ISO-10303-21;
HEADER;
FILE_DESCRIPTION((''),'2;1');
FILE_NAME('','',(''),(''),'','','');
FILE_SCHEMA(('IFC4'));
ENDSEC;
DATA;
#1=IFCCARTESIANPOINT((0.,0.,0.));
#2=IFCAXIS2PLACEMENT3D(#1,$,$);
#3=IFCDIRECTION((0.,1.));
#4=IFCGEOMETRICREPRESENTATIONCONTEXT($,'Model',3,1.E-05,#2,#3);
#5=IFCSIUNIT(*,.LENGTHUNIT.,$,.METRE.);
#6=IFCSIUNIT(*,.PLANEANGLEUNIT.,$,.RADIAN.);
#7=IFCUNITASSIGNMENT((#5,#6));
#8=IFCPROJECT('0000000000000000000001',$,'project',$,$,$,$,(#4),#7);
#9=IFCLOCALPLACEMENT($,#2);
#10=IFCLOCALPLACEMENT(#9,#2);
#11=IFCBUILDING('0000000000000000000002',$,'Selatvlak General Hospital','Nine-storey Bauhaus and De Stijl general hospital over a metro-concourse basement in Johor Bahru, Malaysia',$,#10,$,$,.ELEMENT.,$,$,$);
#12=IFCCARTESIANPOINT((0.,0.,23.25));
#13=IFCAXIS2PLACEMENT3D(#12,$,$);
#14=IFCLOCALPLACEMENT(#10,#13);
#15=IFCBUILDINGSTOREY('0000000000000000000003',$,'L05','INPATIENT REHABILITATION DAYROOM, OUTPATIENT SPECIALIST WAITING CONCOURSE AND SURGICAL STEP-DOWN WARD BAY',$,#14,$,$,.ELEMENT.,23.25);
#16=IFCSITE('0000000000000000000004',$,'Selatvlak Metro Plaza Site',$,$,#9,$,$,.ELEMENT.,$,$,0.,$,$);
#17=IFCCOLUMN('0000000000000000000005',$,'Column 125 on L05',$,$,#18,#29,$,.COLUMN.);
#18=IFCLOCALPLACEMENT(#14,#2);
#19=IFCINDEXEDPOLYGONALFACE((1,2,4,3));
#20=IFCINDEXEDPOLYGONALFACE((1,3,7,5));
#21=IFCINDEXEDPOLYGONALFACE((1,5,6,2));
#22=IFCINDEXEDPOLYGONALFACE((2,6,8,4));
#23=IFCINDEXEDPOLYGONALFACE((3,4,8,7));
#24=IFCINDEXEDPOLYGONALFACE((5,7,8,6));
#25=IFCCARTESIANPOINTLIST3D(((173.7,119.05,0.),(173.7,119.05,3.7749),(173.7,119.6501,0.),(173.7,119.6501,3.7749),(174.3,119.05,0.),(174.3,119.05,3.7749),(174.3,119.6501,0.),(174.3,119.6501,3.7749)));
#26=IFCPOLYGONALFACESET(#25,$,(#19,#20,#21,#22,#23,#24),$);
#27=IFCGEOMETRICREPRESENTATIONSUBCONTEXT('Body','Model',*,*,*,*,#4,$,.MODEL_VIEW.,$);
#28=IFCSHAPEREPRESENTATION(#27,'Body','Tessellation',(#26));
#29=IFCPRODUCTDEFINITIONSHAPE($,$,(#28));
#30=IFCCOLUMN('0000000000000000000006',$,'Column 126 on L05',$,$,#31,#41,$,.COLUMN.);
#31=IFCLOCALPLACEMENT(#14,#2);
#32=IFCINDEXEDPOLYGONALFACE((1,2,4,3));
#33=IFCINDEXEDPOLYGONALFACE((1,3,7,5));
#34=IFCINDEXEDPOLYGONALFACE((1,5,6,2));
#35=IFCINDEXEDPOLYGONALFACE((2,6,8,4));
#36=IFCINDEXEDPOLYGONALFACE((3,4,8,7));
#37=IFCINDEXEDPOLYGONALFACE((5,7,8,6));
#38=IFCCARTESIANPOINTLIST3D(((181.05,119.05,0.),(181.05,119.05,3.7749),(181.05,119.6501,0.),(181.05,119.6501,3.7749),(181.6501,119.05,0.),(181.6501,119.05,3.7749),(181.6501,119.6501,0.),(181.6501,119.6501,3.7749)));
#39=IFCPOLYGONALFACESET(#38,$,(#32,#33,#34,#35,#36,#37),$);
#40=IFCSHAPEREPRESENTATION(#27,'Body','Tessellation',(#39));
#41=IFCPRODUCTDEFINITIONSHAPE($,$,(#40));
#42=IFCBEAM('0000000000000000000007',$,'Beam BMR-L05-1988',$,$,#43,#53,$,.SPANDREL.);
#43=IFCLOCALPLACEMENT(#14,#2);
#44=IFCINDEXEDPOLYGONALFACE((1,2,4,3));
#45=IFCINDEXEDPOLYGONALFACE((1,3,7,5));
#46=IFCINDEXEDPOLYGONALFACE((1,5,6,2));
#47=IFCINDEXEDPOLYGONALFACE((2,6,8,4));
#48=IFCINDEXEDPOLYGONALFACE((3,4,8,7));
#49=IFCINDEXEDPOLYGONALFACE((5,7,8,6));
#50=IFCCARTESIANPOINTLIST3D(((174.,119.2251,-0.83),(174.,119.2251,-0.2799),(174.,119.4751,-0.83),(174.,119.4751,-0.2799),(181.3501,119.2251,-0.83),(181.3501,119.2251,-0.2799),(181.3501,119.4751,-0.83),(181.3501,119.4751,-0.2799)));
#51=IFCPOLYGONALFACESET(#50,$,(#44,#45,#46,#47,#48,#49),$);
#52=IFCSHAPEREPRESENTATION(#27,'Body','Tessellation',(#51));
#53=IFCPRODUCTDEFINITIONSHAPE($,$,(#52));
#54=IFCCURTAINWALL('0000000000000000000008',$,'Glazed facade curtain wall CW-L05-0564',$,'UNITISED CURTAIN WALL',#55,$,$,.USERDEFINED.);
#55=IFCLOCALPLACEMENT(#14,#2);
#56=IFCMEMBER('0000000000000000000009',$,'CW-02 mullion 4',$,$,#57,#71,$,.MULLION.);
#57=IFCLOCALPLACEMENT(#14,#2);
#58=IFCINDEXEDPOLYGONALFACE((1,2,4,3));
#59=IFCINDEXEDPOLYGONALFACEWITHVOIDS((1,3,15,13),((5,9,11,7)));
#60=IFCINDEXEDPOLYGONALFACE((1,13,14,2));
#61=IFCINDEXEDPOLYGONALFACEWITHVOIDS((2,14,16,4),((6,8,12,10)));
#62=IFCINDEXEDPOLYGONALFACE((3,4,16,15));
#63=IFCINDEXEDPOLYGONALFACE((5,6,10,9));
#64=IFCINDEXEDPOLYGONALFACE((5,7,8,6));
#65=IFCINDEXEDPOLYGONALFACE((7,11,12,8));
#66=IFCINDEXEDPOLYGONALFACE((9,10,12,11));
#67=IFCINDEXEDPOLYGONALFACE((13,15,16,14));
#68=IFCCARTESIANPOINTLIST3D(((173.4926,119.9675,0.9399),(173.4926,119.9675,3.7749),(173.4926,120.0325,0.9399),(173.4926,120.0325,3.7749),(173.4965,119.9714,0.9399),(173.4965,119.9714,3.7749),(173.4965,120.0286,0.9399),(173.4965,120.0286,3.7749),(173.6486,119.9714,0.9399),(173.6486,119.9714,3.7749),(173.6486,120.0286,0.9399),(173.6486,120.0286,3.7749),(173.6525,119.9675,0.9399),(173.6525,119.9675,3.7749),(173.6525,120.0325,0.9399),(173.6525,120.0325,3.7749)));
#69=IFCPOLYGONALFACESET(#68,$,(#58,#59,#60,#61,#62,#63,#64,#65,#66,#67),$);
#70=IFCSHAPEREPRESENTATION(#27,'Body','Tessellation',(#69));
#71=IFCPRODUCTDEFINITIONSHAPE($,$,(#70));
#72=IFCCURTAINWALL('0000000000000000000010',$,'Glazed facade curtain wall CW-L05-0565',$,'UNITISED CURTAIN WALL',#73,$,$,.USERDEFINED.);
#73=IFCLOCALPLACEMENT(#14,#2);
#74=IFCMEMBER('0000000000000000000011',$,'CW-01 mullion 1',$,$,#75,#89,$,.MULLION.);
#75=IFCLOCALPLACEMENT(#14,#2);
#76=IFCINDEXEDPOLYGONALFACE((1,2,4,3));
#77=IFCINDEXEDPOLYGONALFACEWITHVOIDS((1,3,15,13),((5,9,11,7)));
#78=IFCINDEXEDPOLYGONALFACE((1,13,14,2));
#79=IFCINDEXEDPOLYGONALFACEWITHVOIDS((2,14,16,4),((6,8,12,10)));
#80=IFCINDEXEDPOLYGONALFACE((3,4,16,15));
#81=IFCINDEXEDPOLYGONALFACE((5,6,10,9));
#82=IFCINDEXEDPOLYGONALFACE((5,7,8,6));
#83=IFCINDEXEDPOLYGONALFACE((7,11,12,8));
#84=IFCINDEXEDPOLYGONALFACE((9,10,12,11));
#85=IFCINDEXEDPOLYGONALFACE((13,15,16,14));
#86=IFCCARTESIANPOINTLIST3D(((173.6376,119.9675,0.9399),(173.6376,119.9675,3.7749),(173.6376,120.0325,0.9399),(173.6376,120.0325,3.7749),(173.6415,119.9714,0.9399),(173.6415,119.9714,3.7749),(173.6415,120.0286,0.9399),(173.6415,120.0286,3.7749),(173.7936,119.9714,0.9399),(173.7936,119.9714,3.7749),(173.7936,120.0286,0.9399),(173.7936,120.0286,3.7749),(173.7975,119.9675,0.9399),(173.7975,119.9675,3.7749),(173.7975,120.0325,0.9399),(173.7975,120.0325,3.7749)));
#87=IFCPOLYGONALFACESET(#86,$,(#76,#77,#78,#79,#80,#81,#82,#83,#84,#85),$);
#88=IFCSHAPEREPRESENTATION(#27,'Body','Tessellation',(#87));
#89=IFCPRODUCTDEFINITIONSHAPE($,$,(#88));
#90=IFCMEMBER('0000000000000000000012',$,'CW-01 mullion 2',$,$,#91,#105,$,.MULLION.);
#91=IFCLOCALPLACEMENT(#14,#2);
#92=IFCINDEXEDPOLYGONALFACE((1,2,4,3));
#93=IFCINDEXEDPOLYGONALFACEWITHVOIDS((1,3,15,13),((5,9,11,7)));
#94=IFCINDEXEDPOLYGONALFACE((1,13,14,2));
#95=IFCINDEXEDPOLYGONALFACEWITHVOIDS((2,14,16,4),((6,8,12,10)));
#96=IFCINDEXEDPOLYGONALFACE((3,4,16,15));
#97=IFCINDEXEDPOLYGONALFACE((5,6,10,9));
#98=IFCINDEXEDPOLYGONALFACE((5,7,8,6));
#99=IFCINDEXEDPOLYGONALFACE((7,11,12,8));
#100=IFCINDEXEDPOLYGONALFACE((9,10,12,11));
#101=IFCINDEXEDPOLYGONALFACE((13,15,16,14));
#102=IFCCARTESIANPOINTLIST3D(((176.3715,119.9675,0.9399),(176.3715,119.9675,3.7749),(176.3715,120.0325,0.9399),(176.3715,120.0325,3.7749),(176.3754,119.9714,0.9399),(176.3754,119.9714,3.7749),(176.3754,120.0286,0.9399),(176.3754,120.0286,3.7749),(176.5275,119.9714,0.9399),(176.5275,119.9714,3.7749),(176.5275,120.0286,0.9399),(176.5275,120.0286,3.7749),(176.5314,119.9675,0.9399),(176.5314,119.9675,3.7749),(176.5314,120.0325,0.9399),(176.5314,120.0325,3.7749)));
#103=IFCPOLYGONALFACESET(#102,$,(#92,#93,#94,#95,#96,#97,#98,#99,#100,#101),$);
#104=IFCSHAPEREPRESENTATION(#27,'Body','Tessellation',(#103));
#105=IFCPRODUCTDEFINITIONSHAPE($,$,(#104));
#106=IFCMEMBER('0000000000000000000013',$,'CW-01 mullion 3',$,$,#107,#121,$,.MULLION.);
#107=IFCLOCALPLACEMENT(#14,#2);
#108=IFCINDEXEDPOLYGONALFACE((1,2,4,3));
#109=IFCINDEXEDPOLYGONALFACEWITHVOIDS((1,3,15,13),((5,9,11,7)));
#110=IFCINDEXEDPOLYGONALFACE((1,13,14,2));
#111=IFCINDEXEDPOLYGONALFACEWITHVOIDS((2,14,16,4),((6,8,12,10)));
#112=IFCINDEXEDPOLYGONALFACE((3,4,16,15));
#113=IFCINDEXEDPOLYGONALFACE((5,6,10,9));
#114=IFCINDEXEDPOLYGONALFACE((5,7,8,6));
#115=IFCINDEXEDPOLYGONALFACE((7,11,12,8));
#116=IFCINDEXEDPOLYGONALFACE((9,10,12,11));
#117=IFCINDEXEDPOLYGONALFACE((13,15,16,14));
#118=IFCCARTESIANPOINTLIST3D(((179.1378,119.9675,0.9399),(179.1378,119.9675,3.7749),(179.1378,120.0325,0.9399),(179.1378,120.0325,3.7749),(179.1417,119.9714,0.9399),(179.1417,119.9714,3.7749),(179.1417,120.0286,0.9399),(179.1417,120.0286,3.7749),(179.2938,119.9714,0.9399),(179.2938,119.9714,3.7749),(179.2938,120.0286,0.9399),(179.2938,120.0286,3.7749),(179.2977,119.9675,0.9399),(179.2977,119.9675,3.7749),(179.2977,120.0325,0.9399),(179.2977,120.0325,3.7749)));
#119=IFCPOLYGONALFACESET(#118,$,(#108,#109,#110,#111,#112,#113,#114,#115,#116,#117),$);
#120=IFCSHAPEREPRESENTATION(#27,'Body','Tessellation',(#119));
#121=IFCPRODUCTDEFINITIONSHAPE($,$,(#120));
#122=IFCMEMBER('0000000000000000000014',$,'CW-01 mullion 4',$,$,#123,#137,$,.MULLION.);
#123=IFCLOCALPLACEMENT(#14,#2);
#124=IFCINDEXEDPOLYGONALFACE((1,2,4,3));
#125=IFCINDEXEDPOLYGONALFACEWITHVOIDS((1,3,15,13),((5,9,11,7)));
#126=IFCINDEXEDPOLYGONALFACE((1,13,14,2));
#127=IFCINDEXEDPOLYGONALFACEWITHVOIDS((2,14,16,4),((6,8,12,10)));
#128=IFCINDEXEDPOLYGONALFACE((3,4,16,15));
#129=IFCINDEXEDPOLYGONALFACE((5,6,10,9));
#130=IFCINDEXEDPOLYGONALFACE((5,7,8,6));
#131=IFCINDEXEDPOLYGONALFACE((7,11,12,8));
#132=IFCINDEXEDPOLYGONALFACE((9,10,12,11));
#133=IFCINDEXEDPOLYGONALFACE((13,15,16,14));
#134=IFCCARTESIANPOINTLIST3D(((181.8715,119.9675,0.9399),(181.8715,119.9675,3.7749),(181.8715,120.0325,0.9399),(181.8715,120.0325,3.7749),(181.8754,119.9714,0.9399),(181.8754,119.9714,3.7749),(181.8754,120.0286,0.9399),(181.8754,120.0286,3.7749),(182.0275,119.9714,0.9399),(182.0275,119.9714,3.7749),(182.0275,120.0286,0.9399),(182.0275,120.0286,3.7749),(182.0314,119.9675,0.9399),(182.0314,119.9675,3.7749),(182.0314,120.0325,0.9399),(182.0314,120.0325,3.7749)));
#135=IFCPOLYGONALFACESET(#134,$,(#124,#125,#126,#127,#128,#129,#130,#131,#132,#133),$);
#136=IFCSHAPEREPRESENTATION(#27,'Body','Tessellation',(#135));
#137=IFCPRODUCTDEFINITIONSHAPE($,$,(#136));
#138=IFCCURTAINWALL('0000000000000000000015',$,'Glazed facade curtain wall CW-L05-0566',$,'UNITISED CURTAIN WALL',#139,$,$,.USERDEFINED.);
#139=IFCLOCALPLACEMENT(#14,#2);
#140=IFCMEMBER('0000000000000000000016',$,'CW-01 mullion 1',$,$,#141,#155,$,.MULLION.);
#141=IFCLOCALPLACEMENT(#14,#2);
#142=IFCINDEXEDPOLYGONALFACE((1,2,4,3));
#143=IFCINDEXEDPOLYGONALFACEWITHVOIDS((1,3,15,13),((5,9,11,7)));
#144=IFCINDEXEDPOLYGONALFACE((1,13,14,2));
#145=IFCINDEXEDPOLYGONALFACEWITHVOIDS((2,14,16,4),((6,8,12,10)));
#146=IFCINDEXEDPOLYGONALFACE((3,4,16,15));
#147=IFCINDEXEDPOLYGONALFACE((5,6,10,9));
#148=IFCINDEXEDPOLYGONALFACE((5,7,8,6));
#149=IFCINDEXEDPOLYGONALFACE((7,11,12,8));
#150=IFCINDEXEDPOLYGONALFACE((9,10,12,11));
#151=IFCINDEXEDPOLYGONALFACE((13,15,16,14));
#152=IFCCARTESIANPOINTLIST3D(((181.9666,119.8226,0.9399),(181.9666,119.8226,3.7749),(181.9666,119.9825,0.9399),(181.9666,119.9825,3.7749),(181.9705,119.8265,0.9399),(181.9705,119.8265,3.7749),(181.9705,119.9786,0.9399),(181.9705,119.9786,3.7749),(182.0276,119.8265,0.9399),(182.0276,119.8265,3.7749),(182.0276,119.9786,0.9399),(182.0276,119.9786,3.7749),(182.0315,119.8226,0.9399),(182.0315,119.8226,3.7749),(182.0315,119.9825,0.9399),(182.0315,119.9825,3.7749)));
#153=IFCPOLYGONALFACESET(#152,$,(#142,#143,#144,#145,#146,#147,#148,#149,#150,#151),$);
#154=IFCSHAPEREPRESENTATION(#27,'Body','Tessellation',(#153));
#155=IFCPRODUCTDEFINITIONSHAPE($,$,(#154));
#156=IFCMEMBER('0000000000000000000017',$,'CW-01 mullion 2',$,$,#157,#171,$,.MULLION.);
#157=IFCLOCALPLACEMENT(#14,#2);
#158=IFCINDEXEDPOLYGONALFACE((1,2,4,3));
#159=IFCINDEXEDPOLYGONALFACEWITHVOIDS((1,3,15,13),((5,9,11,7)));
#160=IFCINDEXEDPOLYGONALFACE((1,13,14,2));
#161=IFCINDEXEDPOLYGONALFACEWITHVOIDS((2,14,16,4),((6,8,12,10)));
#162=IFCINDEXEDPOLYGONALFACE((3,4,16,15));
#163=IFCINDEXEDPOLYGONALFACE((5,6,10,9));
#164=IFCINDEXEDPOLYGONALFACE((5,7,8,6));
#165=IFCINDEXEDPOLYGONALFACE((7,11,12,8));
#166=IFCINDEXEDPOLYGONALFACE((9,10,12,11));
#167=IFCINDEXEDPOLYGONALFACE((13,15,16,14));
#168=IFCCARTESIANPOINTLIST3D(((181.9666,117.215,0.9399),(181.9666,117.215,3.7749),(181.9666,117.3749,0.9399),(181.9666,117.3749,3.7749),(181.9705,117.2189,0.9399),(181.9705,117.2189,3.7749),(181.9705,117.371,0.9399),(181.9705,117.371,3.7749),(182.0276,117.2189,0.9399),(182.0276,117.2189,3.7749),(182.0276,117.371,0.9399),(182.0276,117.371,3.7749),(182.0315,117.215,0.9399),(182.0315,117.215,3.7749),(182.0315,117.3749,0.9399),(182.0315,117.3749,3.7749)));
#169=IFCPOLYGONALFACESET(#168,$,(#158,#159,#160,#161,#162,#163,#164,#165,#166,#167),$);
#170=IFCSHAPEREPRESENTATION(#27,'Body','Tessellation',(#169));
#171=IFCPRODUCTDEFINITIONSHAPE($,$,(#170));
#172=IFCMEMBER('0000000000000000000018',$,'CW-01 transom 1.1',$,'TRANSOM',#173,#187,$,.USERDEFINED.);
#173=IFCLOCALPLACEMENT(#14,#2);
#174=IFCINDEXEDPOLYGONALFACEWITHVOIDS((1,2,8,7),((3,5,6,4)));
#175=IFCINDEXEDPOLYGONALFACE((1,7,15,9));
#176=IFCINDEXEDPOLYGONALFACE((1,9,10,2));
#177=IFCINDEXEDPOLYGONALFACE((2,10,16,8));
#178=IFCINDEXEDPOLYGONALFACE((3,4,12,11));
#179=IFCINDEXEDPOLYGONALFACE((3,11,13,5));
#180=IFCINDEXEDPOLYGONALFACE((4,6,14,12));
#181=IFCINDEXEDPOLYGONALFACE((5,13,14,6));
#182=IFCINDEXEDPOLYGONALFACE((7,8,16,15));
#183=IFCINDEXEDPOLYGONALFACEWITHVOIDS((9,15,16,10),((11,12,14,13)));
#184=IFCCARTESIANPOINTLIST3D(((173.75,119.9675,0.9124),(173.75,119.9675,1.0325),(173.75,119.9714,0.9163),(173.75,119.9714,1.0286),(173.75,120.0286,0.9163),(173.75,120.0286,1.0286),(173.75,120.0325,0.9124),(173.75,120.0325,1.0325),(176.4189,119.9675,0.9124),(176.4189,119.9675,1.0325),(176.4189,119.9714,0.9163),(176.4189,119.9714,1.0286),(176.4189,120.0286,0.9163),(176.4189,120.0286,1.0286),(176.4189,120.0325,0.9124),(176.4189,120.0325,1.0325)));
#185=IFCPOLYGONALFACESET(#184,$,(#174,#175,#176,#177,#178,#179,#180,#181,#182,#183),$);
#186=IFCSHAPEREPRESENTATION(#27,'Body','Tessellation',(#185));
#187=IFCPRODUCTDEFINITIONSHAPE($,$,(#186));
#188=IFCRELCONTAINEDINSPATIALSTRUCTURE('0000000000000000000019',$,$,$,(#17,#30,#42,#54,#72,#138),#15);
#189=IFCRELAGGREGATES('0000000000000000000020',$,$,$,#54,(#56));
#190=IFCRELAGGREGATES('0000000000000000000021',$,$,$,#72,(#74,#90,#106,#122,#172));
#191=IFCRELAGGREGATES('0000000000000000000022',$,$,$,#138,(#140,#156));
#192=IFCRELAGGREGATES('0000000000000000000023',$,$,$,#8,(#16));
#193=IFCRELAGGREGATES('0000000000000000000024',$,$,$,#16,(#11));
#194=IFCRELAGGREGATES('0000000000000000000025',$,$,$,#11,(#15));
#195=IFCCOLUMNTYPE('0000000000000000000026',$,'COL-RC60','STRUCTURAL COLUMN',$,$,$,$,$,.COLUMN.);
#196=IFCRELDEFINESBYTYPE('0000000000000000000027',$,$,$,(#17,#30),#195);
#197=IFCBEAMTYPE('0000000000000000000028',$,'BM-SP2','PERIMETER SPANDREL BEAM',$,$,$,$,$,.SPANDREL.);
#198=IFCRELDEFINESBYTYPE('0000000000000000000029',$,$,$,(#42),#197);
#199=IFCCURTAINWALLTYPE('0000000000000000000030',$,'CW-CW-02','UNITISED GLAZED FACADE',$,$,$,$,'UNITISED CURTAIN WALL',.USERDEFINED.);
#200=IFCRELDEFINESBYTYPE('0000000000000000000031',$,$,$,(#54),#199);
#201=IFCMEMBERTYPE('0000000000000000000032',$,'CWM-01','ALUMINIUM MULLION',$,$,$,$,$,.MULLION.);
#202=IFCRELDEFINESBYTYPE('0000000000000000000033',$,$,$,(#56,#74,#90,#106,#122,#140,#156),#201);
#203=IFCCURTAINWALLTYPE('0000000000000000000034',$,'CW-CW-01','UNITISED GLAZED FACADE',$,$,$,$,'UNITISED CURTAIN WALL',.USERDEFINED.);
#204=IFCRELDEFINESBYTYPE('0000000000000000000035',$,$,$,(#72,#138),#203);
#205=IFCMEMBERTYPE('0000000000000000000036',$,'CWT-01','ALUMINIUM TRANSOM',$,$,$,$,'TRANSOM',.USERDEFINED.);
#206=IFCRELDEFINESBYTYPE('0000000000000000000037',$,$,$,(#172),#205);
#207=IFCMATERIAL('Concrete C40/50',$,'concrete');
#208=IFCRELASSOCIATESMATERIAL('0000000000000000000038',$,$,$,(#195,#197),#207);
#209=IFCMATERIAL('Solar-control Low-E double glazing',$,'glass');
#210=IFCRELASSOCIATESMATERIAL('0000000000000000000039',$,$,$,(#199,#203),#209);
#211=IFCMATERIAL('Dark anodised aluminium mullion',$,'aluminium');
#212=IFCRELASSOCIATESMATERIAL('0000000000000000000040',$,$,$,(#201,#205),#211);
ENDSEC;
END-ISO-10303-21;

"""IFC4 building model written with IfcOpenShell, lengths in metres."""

from ifc_helpers import new_model, si_unit, direction, frame, origin, origin_2d, place, context, subcontext, project, spatial, rectangle, hollow_rectangle, extrude, material, material_profile, profile_set, type_object, element, aggregate, save


model = new_model("IFC4")

# Units and contexts
model_context = context("Model", 3, precision=1e-05, world=origin(), true_north=direction((0.0, 1.0)))
body_context = subcontext(model_context, "Body", "Model", "MODEL_VIEW")
ifc_project = project(units=[si_unit("LENGTHUNIT", "METRE"), si_unit("PLANEANGLEUNIT", "RADIAN")], contexts=[model_context])

# Site, building, storey
site_placement = place(None, origin())
site = spatial("IfcSite", under=ifc_project, at=site_placement, Name="Selatvlak Metro Plaza Site", CompositionType="ELEMENT", RefElevation=0.0)
building_placement = place(site_placement, origin())
building = spatial("IfcBuilding", under=site, at=building_placement, Name="Selatvlak General Hospital", Description="Nine-storey Bauhaus and De Stijl general hospital over a metro-concourse basement in Johor Bahru, Malaysia", CompositionType="ELEMENT")
storey_placement = place(building_placement, frame((0.0, 0.0, 23.25)))
storey = spatial("IfcBuildingStorey", under=building, at=storey_placement, Name="L05", Description="INPATIENT REHABILITATION DAYROOM, OUTPATIENT SPECIALIST WAITING CONCOURSE AND SURGICAL STEP-DOWN WARD BAY", CompositionType="ELEMENT", Elevation=23.25)

# Columns
ifc_material_1 = material(Name="Concrete C40/50", Category="concrete")
ifc_material_profile_1 = material_profile(ifc_material_1, rectangle(XDim=0.6001, YDim=0.6001, at=origin_2d()), Name="RC-COL 600x600")
ifc_profile_set_1 = profile_set([ifc_material_profile_1], Name="Concrete C40/50")
column_type = type_object("IfcColumnType", Name="COL-RC60", Description="STRUCTURAL COLUMN", PredefinedType="COLUMN", material=ifc_profile_set_1)
for number, where, z_axis, x_axis, name in (
    (1, (174.0, 119.3501, 0.0), (0.0, 0.0, 1.0), (1.0, 0.0, 0.0), "Column 125 on L05"),
    (2, (181.3501, 119.3501, 0.0), (0.0, 0.0, 1.0), (1.0, 0.0, 0.0), "Column 126 on L05"),
):
    element("IfcColumn", number, at=place(storey_placement, frame(where, z_axis=z_axis, x_axis=x_axis)), inside=storey, type_object=column_type, Name=name, PredefinedType="COLUMN", context=body_context, shape_type="SweptSolid", body=[
        extrude(rectangle(XDim=0.6001, YDim=0.6001, at=origin_2d()), origin(), (0.0, 0.0, 1.0), 3.7749),
    ])

# Beam
ifc_material_profile_2 = material_profile(ifc_material_1, rectangle(XDim=0.25, YDim=0.55, at=origin_2d()), Name="RC-SP 250x550")
ifc_profile_set_2 = profile_set([ifc_material_profile_2], Name="Concrete C40/50")
beam_type = type_object("IfcBeamType", Name="BM-SP2", Description="PERIMETER SPANDREL BEAM", PredefinedType="SPANDREL", material=ifc_profile_set_2)
beam_placement = place(storey_placement, frame((174.0, 119.3501, -0.5549), z_axis=(1.0, 0.0, 0.0), x_axis=(0.0, 1.0, 0.0)))
element("IfcBeam", 3, at=beam_placement, inside=storey, type_object=beam_type, Name="Beam BMR-L05-1988", PredefinedType="SPANDREL", context=body_context, shape_type="SweptSolid", body=[
    extrude(rectangle(XDim=0.25, YDim=0.55, at=origin_2d()), origin(), (0.0, 0.0, 1.0), 7.3501),
])

# Curtain wall, member
ifc_material_2 = material(Name="Solar-control Low-E double glazing", Category="glass")
curtain_wall_type_1 = type_object("IfcCurtainWallType", Name="CW-CW-02", Description="UNITISED GLAZED FACADE", ElementType="UNITISED CURTAIN WALL", PredefinedType="USERDEFINED", material=ifc_material_2)
curtain_wall_1_placement = place(storey_placement, origin())
curtain_wall_1 = element("IfcCurtainWall", 4, at=curtain_wall_1_placement, inside=storey, type_object=curtain_wall_type_1, Name="Glazed facade curtain wall CW-L05-0564", ObjectType="UNITISED CURTAIN WALL", PredefinedType="USERDEFINED")
ifc_material_3 = material(Name="Dark anodised aluminium mullion", Category="aluminium")
ifc_material_profile_3 = material_profile(ifc_material_3, hollow_rectangle(XDim=0.0649, YDim=0.1599, WallThickness=0.0039, at=origin_2d()), Name="AL-MUL 65x160x4")
ifc_profile_set_3 = profile_set([ifc_material_profile_3], Name="Dark anodised aluminium mullion")
member_type_1 = type_object("IfcMemberType", Name="CWM-01", Description="ALUMINIUM MULLION", PredefinedType="MULLION", material=ifc_profile_set_3)
member_1_placement = place(storey_placement, frame((173.5725, 120.0, 0.9399), z_axis=(0.0, 0.0, 1.0), x_axis=(0.0, 1.0, 0.0)))
member_1 = element("IfcMember", 5, at=member_1_placement, type_object=member_type_1, Name="CW-02 mullion 4", PredefinedType="MULLION", context=body_context, shape_type="SweptSolid", body=[
    extrude(hollow_rectangle(XDim=0.0649, YDim=0.1599, WallThickness=0.0039, at=origin_2d()), origin(), (0.0, 0.0, 1.0), 2.835),
])

# Curtain walls, members
curtain_wall_type_2 = type_object("IfcCurtainWallType", Name="CW-CW-01", Description="UNITISED GLAZED FACADE", ElementType="UNITISED CURTAIN WALL", PredefinedType="USERDEFINED", material=ifc_material_2)
curtain_wall_2_placement = place(storey_placement, origin())
curtain_wall_2 = element("IfcCurtainWall", 6, at=curtain_wall_2_placement, inside=storey, type_object=curtain_wall_type_2, Name="Glazed facade curtain wall CW-L05-0565", ObjectType="UNITISED CURTAIN WALL", PredefinedType="USERDEFINED")
member_2_placement = place(storey_placement, frame((173.7175, 120.0, 0.9399), z_axis=(0.0, 0.0, 1.0), x_axis=(0.0, 1.0, 0.0)))
member_2 = element("IfcMember", 7, at=member_2_placement, type_object=member_type_1, Name="CW-01 mullion 1", PredefinedType="MULLION", context=body_context, shape_type="SweptSolid", body=[
    extrude(hollow_rectangle(XDim=0.0649, YDim=0.1599, WallThickness=0.0039, at=origin_2d()), origin(), (0.0, 0.0, 1.0), 2.835),
])
member_3_placement = place(storey_placement, frame((176.4514, 120.0, 0.9399), z_axis=(0.0, 0.0, 1.0), x_axis=(0.0, 1.0, 0.0)))
member_3 = element("IfcMember", 8, at=member_3_placement, type_object=member_type_1, Name="CW-01 mullion 2", PredefinedType="MULLION", context=body_context, shape_type="SweptSolid", body=[
    extrude(hollow_rectangle(XDim=0.0649, YDim=0.1599, WallThickness=0.0039, at=origin_2d()), origin(), (0.0, 0.0, 1.0), 2.835),
])
member_4_placement = place(storey_placement, frame((179.2178, 120.0, 0.9399), z_axis=(0.0, 0.0, 1.0), x_axis=(0.0, 1.0, 0.0)))
member_4 = element("IfcMember", 9, at=member_4_placement, type_object=member_type_1, Name="CW-01 mullion 3", PredefinedType="MULLION", context=body_context, shape_type="SweptSolid", body=[
    extrude(hollow_rectangle(XDim=0.0649, YDim=0.1599, WallThickness=0.0039, at=origin_2d()), origin(), (0.0, 0.0, 1.0), 2.835),
])
member_5_placement = place(storey_placement, frame((181.9514, 120.0, 0.9399), z_axis=(0.0, 0.0, 1.0), x_axis=(0.0, 1.0, 0.0)))
member_5 = element("IfcMember", 10, at=member_5_placement, type_object=member_type_1, Name="CW-01 mullion 4", PredefinedType="MULLION", context=body_context, shape_type="SweptSolid", body=[
    extrude(hollow_rectangle(XDim=0.0649, YDim=0.1599, WallThickness=0.0039, at=origin_2d()), origin(), (0.0, 0.0, 1.0), 2.835),
])
curtain_wall_3_placement = place(storey_placement, origin())
curtain_wall_3 = element("IfcCurtainWall", 11, at=curtain_wall_3_placement, inside=storey, type_object=curtain_wall_type_2, Name="Glazed facade curtain wall CW-L05-0566", ObjectType="UNITISED CURTAIN WALL", PredefinedType="USERDEFINED")
member_6_placement = place(storey_placement, frame((181.999, 119.9026, 0.9399), z_axis=(0.0, 0.0, 1.0), x_axis=(1.0, 0.0, 0.0)))
member_6 = element("IfcMember", 12, at=member_6_placement, type_object=member_type_1, Name="CW-01 mullion 1", PredefinedType="MULLION", context=body_context, shape_type="SweptSolid", body=[
    extrude(hollow_rectangle(XDim=0.0649, YDim=0.1599, WallThickness=0.0039, at=origin_2d()), origin(), (0.0, 0.0, 1.0), 2.835),
])
member_7_placement = place(storey_placement, frame((181.999, 117.2949, 0.9399), z_axis=(0.0, 0.0, 1.0), x_axis=(1.0, 0.0, 0.0)))
member_7 = element("IfcMember", 13, at=member_7_placement, type_object=member_type_1, Name="CW-01 mullion 2", PredefinedType="MULLION", context=body_context, shape_type="SweptSolid", body=[
    extrude(hollow_rectangle(XDim=0.0649, YDim=0.1599, WallThickness=0.0039, at=origin_2d()), origin(), (0.0, 0.0, 1.0), 2.835),
])

# Member
ifc_material_profile_4 = material_profile(ifc_material_3, hollow_rectangle(XDim=0.0649, YDim=0.1201, WallThickness=0.0039, at=origin_2d()), Name="AL-TRN 65x120x4")
ifc_profile_set_4 = profile_set([ifc_material_profile_4], Name="Dark anodised aluminium mullion")
member_type_2 = type_object("IfcMemberType", Name="CWT-01", Description="ALUMINIUM TRANSOM", ElementType="TRANSOM", PredefinedType="USERDEFINED", material=ifc_profile_set_4)
member_8_placement = place(storey_placement, frame((173.75, 120.0, 0.9724), z_axis=(1.0, 0.0, 0.0), x_axis=(0.0, 1.0, 0.0)))
member_8 = element("IfcMember", 14, at=member_8_placement, type_object=member_type_2, Name="CW-01 transom 1.1", ObjectType="TRANSOM", PredefinedType="USERDEFINED", context=body_context, shape_type="SweptSolid", body=[
    extrude(hollow_rectangle(XDim=0.0649, YDim=0.1201, WallThickness=0.0039, at=origin_2d()), origin(), (0.0, 0.0, 1.0), 2.6689),
])

aggregate(curtain_wall_1, [member_1])
aggregate(curtain_wall_2, [member_2, member_3, member_4, member_5, member_8])
aggregate(curtain_wall_3, [member_6, member_7])

save(model, "model.ifc")
